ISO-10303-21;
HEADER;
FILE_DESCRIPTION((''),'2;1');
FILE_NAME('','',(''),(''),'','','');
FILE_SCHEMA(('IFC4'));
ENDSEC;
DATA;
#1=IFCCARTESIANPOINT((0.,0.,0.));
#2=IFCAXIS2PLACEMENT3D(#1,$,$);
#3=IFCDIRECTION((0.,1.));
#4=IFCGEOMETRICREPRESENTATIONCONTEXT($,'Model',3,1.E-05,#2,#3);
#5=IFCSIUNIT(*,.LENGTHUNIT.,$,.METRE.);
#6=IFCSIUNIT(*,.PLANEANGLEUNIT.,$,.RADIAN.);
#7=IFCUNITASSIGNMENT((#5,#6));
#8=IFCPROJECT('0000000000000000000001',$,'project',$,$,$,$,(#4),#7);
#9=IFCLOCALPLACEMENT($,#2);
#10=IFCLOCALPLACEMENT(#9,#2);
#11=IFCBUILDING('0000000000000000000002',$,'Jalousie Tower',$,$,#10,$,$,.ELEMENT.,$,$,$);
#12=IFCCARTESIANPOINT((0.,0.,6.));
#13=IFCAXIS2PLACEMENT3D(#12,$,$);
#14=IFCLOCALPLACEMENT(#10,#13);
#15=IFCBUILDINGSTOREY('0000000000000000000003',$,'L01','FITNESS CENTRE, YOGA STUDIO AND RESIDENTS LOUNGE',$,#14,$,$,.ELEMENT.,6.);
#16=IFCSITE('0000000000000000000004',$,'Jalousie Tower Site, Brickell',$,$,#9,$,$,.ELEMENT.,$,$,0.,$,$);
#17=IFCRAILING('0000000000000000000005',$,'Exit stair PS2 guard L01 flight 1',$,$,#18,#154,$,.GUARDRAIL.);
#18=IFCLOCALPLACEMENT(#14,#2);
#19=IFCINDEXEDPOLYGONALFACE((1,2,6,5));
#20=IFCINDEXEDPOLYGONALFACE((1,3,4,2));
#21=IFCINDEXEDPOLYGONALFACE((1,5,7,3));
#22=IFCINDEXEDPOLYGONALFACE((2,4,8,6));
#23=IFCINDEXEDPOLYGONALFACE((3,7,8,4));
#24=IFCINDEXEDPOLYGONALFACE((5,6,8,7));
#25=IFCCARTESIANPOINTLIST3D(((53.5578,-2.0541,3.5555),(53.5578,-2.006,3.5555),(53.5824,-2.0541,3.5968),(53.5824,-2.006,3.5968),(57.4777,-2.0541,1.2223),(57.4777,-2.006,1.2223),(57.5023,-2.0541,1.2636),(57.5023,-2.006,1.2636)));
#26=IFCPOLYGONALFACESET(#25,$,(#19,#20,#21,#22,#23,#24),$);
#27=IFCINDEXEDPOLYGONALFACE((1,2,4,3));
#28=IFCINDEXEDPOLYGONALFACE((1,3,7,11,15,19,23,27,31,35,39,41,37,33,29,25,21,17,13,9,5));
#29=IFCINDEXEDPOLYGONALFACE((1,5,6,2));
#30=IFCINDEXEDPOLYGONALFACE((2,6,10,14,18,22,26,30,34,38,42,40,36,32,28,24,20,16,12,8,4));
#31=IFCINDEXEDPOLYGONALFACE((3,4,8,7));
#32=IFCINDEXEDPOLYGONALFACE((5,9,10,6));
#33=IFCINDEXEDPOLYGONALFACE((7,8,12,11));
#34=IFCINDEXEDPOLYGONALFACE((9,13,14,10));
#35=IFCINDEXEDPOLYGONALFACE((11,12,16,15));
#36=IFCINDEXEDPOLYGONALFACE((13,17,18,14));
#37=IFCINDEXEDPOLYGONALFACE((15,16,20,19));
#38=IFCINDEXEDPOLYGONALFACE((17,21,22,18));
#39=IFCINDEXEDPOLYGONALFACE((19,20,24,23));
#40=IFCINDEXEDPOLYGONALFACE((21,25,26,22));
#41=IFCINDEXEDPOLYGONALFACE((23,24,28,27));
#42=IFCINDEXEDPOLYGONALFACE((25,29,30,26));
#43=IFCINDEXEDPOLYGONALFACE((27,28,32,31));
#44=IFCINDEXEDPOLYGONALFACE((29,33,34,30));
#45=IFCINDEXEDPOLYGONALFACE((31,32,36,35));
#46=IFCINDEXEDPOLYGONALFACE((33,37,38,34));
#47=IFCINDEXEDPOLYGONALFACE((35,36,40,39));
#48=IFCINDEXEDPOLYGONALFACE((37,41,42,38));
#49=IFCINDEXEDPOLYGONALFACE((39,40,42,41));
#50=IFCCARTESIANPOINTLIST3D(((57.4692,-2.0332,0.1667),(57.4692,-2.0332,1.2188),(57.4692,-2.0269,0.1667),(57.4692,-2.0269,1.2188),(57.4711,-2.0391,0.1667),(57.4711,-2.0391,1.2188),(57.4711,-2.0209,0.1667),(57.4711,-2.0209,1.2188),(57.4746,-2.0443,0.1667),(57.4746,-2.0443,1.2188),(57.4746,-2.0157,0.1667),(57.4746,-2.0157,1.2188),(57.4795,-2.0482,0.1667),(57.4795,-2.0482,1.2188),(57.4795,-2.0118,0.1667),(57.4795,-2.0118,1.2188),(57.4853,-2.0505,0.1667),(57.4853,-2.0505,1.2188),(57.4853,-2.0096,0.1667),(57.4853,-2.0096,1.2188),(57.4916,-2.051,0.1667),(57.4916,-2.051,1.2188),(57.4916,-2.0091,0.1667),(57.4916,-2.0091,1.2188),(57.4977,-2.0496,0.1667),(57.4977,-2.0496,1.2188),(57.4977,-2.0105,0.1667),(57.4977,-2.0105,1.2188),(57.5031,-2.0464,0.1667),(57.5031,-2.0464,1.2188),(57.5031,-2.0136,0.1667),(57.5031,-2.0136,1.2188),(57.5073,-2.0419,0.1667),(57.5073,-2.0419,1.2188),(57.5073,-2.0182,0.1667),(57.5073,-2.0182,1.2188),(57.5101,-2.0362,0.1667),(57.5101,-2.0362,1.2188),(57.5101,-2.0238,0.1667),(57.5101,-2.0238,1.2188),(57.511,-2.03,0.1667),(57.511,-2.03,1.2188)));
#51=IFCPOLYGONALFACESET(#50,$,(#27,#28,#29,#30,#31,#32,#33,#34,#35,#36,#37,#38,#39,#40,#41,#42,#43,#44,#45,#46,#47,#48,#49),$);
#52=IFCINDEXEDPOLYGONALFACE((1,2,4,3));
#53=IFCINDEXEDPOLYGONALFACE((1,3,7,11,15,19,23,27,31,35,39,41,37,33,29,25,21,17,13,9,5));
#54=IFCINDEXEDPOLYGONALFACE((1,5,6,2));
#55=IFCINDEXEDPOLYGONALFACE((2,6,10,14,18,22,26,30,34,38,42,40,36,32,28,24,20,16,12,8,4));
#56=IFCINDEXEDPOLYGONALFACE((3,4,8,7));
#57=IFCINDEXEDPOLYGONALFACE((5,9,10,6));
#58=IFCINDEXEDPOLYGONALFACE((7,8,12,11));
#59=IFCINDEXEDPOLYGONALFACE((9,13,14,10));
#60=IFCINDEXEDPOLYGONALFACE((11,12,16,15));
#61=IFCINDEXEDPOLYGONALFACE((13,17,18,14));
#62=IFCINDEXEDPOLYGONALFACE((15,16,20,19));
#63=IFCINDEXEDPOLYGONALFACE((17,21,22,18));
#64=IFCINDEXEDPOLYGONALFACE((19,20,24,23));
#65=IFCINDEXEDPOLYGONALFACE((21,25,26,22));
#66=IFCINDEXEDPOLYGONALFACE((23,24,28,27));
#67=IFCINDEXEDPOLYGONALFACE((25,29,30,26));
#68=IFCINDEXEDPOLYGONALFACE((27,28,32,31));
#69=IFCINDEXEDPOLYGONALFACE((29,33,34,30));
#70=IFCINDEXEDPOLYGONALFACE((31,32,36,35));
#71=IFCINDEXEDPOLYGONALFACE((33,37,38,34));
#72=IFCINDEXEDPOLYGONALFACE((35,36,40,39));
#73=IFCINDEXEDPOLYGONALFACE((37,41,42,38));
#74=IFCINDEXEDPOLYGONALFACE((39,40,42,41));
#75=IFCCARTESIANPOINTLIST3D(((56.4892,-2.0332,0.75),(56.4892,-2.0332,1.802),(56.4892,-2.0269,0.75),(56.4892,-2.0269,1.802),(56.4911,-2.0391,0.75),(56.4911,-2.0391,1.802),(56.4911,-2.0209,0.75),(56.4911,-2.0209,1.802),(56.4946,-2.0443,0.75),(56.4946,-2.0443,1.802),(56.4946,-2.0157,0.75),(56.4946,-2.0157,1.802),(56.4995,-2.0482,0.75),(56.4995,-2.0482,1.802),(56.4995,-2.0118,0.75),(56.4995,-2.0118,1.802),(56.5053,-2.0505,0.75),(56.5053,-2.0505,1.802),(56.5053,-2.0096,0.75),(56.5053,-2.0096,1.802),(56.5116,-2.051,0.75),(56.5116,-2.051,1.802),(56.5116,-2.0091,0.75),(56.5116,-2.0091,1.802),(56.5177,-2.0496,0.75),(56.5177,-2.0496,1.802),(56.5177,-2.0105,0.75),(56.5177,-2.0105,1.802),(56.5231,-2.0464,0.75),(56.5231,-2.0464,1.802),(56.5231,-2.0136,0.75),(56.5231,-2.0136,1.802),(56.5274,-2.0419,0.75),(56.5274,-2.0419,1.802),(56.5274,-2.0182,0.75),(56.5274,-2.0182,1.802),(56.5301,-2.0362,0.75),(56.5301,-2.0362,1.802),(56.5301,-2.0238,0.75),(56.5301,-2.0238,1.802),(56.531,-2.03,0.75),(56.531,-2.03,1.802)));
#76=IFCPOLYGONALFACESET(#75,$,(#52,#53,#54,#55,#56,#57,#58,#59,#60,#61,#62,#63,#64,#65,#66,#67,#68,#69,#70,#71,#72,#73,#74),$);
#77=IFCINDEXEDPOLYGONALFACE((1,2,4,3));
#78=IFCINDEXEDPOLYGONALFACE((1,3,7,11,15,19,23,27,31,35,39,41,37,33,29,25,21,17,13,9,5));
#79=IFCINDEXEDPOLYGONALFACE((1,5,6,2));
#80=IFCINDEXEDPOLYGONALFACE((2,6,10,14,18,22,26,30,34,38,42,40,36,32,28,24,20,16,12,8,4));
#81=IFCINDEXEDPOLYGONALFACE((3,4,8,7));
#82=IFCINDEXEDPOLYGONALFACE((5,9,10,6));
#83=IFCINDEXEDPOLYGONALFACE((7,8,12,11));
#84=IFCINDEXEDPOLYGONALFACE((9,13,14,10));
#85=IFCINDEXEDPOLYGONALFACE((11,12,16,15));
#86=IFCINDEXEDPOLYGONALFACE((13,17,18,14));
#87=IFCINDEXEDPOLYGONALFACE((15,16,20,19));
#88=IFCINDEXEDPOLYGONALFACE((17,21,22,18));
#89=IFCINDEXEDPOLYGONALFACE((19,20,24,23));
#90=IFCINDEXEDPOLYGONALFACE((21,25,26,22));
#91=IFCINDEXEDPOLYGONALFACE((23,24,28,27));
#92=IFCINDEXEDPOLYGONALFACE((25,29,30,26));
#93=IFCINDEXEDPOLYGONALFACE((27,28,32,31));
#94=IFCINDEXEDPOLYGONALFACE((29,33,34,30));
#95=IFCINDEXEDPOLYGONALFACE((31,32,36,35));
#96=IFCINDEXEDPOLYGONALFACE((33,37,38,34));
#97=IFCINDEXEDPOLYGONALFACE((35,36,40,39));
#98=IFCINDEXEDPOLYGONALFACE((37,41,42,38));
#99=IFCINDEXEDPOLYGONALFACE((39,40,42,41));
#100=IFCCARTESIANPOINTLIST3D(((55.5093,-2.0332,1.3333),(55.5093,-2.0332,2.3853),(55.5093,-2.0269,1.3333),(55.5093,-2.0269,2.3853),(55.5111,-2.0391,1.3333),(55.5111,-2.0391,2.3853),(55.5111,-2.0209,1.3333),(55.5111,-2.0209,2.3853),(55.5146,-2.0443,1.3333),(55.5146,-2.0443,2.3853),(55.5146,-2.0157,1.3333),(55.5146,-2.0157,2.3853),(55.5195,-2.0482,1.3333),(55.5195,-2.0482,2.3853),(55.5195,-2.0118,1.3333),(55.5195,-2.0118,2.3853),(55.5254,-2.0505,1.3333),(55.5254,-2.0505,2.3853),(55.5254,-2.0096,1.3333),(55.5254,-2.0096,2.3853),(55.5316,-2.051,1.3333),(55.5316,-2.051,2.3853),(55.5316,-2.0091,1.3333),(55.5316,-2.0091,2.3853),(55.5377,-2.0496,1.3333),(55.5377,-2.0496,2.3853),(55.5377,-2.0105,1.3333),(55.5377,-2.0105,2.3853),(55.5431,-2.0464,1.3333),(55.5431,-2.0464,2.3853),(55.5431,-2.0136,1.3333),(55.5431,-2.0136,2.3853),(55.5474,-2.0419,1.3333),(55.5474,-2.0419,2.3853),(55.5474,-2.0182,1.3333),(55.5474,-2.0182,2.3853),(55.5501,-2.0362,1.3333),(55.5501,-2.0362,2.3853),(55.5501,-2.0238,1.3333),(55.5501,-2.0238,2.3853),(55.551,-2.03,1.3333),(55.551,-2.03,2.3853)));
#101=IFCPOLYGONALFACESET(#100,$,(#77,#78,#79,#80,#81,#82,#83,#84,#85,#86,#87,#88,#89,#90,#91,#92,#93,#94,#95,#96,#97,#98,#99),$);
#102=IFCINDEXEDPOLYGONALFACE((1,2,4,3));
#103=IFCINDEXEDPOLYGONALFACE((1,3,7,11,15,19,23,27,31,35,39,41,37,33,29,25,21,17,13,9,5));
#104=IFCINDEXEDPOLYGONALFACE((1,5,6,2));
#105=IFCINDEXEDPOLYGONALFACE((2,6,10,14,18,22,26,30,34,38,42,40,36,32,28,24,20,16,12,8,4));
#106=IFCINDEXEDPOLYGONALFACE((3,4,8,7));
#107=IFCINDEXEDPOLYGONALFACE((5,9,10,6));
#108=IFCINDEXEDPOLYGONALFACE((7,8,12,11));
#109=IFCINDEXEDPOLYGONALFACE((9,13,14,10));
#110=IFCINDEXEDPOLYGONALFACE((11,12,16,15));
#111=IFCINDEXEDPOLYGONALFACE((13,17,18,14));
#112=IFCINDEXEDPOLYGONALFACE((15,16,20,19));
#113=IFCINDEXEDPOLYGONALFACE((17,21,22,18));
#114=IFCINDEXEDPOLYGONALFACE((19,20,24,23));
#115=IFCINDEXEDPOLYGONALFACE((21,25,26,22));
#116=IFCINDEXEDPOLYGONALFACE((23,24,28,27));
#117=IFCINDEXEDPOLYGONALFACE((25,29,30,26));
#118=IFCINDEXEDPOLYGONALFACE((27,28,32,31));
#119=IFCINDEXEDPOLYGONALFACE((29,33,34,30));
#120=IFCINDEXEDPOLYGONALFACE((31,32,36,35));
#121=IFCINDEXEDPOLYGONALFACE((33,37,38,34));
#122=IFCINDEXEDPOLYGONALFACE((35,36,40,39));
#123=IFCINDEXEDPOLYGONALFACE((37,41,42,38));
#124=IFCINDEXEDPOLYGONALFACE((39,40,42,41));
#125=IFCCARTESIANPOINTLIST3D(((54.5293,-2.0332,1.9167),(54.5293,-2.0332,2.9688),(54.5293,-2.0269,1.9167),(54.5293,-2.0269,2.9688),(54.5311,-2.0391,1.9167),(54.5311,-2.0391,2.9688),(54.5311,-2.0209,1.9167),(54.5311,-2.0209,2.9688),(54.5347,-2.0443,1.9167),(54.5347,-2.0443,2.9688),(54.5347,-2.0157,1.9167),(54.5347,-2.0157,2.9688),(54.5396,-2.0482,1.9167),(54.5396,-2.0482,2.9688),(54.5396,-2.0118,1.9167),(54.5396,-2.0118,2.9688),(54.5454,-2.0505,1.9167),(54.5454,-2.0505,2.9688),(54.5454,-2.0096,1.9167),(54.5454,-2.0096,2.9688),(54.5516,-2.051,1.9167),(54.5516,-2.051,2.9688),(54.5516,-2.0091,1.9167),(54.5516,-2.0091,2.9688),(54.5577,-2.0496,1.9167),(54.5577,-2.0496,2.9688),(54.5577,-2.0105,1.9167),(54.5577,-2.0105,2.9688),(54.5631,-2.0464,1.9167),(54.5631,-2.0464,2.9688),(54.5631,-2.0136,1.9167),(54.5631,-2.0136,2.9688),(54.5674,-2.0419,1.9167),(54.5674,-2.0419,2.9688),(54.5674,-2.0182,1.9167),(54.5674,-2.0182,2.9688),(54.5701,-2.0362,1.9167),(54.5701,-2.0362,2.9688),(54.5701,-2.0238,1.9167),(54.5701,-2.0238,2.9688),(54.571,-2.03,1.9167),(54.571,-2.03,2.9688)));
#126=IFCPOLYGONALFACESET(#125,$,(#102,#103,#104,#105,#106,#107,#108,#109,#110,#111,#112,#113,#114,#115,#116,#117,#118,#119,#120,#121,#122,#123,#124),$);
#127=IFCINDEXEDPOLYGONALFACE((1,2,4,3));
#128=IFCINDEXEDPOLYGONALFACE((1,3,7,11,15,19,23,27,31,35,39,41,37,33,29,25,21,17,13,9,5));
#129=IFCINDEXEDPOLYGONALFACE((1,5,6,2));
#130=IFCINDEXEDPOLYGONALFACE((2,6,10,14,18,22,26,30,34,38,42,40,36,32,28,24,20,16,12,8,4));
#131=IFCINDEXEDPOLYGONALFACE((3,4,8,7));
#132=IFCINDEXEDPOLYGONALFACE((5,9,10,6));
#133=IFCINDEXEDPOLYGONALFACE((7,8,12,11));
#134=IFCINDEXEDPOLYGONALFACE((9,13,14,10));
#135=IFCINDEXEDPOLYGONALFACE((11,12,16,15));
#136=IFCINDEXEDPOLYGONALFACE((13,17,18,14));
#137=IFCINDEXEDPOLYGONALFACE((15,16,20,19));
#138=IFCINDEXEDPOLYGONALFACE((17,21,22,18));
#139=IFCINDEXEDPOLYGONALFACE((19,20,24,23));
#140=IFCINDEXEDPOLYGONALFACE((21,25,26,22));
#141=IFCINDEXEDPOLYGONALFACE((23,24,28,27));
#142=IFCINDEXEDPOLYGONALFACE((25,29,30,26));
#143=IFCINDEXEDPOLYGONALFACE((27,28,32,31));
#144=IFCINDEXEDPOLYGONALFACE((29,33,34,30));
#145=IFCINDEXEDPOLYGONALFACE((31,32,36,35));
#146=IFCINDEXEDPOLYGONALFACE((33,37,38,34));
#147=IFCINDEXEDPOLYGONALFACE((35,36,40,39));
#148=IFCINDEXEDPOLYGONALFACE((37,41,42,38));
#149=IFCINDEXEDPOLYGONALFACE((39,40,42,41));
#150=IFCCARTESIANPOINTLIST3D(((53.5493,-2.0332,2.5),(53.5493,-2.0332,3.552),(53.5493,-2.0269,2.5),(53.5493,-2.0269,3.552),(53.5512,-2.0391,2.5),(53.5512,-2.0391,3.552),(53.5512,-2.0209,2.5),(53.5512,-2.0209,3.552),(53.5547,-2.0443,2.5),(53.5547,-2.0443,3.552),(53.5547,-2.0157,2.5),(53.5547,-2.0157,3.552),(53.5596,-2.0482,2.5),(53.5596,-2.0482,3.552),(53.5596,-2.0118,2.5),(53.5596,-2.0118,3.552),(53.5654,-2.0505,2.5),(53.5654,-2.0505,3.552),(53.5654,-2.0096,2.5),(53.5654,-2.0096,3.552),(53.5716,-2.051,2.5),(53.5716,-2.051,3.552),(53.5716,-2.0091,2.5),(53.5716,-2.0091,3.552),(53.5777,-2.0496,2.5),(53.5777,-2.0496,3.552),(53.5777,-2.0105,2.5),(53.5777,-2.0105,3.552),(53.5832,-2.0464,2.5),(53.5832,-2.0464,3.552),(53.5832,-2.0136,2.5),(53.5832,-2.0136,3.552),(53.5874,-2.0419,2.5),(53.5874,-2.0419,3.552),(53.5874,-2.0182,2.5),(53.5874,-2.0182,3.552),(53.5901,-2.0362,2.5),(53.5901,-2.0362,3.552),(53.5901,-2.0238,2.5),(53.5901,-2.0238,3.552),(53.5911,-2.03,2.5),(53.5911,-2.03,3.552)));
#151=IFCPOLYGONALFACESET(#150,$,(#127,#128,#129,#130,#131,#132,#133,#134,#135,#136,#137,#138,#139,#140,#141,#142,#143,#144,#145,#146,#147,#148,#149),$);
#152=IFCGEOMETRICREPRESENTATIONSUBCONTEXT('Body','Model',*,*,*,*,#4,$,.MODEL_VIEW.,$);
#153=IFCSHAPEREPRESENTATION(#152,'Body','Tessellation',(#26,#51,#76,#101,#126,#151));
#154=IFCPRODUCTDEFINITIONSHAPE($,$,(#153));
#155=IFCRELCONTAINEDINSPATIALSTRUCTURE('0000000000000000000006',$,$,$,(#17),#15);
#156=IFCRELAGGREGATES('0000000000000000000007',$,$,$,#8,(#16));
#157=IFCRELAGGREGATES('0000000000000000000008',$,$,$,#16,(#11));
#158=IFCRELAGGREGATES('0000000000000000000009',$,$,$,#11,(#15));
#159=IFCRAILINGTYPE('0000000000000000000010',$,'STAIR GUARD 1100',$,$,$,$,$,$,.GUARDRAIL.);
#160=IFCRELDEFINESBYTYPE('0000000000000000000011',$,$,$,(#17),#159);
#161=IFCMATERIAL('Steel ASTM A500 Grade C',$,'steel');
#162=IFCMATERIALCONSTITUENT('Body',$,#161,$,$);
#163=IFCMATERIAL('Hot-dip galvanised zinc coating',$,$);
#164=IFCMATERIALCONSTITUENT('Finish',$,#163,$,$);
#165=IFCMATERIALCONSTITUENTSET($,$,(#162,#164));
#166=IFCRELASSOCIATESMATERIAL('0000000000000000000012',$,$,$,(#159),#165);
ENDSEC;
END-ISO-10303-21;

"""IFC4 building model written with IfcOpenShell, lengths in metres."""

from ifc_helpers import new_model, si_unit, direction, frame, origin, origin_2d, place, context, subcontext, project, spatial, rectangle, circle, extrude, material, constituent, constituent_set, type_object, element, save


model = new_model("IFC4")

# Units and contexts
model_context = context("Model", 3, precision=1e-05, world=origin(), true_north=direction((0.0, 1.0)))
body_context = subcontext(model_context, "Body", "Model", "MODEL_VIEW")
ifc_project = project(units=[si_unit("LENGTHUNIT", "METRE"), si_unit("PLANEANGLEUNIT", "RADIAN")], contexts=[model_context])

# Site, building, storey
site_placement = place(None, origin())
site = spatial("IfcSite", under=ifc_project, at=site_placement, Name="Jalousie Tower Site, Brickell", CompositionType="ELEMENT", RefElevation=0.0)
building_placement = place(site_placement, origin())
building = spatial("IfcBuilding", under=site, at=building_placement, Name="Jalousie Tower", CompositionType="ELEMENT")
storey_placement = place(building_placement, frame((0.0, 0.0, 6.0)))
storey = spatial("IfcBuildingStorey", under=building, at=storey_placement, Name="L01", Description="FITNESS CENTRE, YOGA STUDIO AND RESIDENTS LOUNGE", CompositionType="ELEMENT", Elevation=6.0)

# Railing
ifc_material_1 = material(Name="Steel ASTM A500 Grade C", Category="steel")
ifc_constituent_1 = constituent(ifc_material_1, Name="Body")
ifc_material_2 = material(Name="Hot-dip galvanised zinc coating")
ifc_constituent_2 = constituent(ifc_material_2, Name="Finish")
ifc_constituent_set_1 = constituent_set(constituents=[ifc_constituent_1, ifc_constituent_2])
railing_type_1 = type_object("IfcRailingType", Name="STAIR GUARD 1100", PredefinedType="GUARDRAIL", material=ifc_constituent_set_1)
railing_1_placement = place(storey_placement, frame((57.49, -2.03, 0.1667)))
element("IfcRailing", 1, at=railing_1_placement, inside=storey, type_object=railing_type_1, Name="Exit stair PS2 guard L01 flight 1", PredefinedType="GUARDRAIL", context=body_context, shape_type="SweptSolid", body=[
    extrude(rectangle(XDim=0.0481, YDim=0.0481, at=origin_2d()), frame((0.0, 0.0, 1.0762), z_axis=(-0.859296, 0.0, 0.511478), x_axis=(0.0, -1.0, 0.0)), (0.0, 0.0, 1.0), 4.5618),
    extrude(circle(Radius=0.021, at=origin_2d()), origin(), (0.0, 0.0, 1.0), 1.052),
    extrude(circle(Radius=0.021, at=origin_2d()), frame((-0.98, 0.0, 0.5833)), (0.0, 0.0, 1.0), 1.052),
    extrude(circle(Radius=0.021, at=origin_2d()), frame((-1.96, 0.0, 1.1665)), (0.0, 0.0, 1.0), 1.052),
    extrude(circle(Radius=0.021, at=origin_2d()), frame((-2.9399, 0.0, 1.75)), (0.0, 0.0, 1.0), 1.052),
    extrude(circle(Radius=0.021, at=origin_2d()), frame((-3.9199, 0.0, 2.3333)), (0.0, 0.0, 1.0), 1.052),
])

save(model, "model.ifc")
